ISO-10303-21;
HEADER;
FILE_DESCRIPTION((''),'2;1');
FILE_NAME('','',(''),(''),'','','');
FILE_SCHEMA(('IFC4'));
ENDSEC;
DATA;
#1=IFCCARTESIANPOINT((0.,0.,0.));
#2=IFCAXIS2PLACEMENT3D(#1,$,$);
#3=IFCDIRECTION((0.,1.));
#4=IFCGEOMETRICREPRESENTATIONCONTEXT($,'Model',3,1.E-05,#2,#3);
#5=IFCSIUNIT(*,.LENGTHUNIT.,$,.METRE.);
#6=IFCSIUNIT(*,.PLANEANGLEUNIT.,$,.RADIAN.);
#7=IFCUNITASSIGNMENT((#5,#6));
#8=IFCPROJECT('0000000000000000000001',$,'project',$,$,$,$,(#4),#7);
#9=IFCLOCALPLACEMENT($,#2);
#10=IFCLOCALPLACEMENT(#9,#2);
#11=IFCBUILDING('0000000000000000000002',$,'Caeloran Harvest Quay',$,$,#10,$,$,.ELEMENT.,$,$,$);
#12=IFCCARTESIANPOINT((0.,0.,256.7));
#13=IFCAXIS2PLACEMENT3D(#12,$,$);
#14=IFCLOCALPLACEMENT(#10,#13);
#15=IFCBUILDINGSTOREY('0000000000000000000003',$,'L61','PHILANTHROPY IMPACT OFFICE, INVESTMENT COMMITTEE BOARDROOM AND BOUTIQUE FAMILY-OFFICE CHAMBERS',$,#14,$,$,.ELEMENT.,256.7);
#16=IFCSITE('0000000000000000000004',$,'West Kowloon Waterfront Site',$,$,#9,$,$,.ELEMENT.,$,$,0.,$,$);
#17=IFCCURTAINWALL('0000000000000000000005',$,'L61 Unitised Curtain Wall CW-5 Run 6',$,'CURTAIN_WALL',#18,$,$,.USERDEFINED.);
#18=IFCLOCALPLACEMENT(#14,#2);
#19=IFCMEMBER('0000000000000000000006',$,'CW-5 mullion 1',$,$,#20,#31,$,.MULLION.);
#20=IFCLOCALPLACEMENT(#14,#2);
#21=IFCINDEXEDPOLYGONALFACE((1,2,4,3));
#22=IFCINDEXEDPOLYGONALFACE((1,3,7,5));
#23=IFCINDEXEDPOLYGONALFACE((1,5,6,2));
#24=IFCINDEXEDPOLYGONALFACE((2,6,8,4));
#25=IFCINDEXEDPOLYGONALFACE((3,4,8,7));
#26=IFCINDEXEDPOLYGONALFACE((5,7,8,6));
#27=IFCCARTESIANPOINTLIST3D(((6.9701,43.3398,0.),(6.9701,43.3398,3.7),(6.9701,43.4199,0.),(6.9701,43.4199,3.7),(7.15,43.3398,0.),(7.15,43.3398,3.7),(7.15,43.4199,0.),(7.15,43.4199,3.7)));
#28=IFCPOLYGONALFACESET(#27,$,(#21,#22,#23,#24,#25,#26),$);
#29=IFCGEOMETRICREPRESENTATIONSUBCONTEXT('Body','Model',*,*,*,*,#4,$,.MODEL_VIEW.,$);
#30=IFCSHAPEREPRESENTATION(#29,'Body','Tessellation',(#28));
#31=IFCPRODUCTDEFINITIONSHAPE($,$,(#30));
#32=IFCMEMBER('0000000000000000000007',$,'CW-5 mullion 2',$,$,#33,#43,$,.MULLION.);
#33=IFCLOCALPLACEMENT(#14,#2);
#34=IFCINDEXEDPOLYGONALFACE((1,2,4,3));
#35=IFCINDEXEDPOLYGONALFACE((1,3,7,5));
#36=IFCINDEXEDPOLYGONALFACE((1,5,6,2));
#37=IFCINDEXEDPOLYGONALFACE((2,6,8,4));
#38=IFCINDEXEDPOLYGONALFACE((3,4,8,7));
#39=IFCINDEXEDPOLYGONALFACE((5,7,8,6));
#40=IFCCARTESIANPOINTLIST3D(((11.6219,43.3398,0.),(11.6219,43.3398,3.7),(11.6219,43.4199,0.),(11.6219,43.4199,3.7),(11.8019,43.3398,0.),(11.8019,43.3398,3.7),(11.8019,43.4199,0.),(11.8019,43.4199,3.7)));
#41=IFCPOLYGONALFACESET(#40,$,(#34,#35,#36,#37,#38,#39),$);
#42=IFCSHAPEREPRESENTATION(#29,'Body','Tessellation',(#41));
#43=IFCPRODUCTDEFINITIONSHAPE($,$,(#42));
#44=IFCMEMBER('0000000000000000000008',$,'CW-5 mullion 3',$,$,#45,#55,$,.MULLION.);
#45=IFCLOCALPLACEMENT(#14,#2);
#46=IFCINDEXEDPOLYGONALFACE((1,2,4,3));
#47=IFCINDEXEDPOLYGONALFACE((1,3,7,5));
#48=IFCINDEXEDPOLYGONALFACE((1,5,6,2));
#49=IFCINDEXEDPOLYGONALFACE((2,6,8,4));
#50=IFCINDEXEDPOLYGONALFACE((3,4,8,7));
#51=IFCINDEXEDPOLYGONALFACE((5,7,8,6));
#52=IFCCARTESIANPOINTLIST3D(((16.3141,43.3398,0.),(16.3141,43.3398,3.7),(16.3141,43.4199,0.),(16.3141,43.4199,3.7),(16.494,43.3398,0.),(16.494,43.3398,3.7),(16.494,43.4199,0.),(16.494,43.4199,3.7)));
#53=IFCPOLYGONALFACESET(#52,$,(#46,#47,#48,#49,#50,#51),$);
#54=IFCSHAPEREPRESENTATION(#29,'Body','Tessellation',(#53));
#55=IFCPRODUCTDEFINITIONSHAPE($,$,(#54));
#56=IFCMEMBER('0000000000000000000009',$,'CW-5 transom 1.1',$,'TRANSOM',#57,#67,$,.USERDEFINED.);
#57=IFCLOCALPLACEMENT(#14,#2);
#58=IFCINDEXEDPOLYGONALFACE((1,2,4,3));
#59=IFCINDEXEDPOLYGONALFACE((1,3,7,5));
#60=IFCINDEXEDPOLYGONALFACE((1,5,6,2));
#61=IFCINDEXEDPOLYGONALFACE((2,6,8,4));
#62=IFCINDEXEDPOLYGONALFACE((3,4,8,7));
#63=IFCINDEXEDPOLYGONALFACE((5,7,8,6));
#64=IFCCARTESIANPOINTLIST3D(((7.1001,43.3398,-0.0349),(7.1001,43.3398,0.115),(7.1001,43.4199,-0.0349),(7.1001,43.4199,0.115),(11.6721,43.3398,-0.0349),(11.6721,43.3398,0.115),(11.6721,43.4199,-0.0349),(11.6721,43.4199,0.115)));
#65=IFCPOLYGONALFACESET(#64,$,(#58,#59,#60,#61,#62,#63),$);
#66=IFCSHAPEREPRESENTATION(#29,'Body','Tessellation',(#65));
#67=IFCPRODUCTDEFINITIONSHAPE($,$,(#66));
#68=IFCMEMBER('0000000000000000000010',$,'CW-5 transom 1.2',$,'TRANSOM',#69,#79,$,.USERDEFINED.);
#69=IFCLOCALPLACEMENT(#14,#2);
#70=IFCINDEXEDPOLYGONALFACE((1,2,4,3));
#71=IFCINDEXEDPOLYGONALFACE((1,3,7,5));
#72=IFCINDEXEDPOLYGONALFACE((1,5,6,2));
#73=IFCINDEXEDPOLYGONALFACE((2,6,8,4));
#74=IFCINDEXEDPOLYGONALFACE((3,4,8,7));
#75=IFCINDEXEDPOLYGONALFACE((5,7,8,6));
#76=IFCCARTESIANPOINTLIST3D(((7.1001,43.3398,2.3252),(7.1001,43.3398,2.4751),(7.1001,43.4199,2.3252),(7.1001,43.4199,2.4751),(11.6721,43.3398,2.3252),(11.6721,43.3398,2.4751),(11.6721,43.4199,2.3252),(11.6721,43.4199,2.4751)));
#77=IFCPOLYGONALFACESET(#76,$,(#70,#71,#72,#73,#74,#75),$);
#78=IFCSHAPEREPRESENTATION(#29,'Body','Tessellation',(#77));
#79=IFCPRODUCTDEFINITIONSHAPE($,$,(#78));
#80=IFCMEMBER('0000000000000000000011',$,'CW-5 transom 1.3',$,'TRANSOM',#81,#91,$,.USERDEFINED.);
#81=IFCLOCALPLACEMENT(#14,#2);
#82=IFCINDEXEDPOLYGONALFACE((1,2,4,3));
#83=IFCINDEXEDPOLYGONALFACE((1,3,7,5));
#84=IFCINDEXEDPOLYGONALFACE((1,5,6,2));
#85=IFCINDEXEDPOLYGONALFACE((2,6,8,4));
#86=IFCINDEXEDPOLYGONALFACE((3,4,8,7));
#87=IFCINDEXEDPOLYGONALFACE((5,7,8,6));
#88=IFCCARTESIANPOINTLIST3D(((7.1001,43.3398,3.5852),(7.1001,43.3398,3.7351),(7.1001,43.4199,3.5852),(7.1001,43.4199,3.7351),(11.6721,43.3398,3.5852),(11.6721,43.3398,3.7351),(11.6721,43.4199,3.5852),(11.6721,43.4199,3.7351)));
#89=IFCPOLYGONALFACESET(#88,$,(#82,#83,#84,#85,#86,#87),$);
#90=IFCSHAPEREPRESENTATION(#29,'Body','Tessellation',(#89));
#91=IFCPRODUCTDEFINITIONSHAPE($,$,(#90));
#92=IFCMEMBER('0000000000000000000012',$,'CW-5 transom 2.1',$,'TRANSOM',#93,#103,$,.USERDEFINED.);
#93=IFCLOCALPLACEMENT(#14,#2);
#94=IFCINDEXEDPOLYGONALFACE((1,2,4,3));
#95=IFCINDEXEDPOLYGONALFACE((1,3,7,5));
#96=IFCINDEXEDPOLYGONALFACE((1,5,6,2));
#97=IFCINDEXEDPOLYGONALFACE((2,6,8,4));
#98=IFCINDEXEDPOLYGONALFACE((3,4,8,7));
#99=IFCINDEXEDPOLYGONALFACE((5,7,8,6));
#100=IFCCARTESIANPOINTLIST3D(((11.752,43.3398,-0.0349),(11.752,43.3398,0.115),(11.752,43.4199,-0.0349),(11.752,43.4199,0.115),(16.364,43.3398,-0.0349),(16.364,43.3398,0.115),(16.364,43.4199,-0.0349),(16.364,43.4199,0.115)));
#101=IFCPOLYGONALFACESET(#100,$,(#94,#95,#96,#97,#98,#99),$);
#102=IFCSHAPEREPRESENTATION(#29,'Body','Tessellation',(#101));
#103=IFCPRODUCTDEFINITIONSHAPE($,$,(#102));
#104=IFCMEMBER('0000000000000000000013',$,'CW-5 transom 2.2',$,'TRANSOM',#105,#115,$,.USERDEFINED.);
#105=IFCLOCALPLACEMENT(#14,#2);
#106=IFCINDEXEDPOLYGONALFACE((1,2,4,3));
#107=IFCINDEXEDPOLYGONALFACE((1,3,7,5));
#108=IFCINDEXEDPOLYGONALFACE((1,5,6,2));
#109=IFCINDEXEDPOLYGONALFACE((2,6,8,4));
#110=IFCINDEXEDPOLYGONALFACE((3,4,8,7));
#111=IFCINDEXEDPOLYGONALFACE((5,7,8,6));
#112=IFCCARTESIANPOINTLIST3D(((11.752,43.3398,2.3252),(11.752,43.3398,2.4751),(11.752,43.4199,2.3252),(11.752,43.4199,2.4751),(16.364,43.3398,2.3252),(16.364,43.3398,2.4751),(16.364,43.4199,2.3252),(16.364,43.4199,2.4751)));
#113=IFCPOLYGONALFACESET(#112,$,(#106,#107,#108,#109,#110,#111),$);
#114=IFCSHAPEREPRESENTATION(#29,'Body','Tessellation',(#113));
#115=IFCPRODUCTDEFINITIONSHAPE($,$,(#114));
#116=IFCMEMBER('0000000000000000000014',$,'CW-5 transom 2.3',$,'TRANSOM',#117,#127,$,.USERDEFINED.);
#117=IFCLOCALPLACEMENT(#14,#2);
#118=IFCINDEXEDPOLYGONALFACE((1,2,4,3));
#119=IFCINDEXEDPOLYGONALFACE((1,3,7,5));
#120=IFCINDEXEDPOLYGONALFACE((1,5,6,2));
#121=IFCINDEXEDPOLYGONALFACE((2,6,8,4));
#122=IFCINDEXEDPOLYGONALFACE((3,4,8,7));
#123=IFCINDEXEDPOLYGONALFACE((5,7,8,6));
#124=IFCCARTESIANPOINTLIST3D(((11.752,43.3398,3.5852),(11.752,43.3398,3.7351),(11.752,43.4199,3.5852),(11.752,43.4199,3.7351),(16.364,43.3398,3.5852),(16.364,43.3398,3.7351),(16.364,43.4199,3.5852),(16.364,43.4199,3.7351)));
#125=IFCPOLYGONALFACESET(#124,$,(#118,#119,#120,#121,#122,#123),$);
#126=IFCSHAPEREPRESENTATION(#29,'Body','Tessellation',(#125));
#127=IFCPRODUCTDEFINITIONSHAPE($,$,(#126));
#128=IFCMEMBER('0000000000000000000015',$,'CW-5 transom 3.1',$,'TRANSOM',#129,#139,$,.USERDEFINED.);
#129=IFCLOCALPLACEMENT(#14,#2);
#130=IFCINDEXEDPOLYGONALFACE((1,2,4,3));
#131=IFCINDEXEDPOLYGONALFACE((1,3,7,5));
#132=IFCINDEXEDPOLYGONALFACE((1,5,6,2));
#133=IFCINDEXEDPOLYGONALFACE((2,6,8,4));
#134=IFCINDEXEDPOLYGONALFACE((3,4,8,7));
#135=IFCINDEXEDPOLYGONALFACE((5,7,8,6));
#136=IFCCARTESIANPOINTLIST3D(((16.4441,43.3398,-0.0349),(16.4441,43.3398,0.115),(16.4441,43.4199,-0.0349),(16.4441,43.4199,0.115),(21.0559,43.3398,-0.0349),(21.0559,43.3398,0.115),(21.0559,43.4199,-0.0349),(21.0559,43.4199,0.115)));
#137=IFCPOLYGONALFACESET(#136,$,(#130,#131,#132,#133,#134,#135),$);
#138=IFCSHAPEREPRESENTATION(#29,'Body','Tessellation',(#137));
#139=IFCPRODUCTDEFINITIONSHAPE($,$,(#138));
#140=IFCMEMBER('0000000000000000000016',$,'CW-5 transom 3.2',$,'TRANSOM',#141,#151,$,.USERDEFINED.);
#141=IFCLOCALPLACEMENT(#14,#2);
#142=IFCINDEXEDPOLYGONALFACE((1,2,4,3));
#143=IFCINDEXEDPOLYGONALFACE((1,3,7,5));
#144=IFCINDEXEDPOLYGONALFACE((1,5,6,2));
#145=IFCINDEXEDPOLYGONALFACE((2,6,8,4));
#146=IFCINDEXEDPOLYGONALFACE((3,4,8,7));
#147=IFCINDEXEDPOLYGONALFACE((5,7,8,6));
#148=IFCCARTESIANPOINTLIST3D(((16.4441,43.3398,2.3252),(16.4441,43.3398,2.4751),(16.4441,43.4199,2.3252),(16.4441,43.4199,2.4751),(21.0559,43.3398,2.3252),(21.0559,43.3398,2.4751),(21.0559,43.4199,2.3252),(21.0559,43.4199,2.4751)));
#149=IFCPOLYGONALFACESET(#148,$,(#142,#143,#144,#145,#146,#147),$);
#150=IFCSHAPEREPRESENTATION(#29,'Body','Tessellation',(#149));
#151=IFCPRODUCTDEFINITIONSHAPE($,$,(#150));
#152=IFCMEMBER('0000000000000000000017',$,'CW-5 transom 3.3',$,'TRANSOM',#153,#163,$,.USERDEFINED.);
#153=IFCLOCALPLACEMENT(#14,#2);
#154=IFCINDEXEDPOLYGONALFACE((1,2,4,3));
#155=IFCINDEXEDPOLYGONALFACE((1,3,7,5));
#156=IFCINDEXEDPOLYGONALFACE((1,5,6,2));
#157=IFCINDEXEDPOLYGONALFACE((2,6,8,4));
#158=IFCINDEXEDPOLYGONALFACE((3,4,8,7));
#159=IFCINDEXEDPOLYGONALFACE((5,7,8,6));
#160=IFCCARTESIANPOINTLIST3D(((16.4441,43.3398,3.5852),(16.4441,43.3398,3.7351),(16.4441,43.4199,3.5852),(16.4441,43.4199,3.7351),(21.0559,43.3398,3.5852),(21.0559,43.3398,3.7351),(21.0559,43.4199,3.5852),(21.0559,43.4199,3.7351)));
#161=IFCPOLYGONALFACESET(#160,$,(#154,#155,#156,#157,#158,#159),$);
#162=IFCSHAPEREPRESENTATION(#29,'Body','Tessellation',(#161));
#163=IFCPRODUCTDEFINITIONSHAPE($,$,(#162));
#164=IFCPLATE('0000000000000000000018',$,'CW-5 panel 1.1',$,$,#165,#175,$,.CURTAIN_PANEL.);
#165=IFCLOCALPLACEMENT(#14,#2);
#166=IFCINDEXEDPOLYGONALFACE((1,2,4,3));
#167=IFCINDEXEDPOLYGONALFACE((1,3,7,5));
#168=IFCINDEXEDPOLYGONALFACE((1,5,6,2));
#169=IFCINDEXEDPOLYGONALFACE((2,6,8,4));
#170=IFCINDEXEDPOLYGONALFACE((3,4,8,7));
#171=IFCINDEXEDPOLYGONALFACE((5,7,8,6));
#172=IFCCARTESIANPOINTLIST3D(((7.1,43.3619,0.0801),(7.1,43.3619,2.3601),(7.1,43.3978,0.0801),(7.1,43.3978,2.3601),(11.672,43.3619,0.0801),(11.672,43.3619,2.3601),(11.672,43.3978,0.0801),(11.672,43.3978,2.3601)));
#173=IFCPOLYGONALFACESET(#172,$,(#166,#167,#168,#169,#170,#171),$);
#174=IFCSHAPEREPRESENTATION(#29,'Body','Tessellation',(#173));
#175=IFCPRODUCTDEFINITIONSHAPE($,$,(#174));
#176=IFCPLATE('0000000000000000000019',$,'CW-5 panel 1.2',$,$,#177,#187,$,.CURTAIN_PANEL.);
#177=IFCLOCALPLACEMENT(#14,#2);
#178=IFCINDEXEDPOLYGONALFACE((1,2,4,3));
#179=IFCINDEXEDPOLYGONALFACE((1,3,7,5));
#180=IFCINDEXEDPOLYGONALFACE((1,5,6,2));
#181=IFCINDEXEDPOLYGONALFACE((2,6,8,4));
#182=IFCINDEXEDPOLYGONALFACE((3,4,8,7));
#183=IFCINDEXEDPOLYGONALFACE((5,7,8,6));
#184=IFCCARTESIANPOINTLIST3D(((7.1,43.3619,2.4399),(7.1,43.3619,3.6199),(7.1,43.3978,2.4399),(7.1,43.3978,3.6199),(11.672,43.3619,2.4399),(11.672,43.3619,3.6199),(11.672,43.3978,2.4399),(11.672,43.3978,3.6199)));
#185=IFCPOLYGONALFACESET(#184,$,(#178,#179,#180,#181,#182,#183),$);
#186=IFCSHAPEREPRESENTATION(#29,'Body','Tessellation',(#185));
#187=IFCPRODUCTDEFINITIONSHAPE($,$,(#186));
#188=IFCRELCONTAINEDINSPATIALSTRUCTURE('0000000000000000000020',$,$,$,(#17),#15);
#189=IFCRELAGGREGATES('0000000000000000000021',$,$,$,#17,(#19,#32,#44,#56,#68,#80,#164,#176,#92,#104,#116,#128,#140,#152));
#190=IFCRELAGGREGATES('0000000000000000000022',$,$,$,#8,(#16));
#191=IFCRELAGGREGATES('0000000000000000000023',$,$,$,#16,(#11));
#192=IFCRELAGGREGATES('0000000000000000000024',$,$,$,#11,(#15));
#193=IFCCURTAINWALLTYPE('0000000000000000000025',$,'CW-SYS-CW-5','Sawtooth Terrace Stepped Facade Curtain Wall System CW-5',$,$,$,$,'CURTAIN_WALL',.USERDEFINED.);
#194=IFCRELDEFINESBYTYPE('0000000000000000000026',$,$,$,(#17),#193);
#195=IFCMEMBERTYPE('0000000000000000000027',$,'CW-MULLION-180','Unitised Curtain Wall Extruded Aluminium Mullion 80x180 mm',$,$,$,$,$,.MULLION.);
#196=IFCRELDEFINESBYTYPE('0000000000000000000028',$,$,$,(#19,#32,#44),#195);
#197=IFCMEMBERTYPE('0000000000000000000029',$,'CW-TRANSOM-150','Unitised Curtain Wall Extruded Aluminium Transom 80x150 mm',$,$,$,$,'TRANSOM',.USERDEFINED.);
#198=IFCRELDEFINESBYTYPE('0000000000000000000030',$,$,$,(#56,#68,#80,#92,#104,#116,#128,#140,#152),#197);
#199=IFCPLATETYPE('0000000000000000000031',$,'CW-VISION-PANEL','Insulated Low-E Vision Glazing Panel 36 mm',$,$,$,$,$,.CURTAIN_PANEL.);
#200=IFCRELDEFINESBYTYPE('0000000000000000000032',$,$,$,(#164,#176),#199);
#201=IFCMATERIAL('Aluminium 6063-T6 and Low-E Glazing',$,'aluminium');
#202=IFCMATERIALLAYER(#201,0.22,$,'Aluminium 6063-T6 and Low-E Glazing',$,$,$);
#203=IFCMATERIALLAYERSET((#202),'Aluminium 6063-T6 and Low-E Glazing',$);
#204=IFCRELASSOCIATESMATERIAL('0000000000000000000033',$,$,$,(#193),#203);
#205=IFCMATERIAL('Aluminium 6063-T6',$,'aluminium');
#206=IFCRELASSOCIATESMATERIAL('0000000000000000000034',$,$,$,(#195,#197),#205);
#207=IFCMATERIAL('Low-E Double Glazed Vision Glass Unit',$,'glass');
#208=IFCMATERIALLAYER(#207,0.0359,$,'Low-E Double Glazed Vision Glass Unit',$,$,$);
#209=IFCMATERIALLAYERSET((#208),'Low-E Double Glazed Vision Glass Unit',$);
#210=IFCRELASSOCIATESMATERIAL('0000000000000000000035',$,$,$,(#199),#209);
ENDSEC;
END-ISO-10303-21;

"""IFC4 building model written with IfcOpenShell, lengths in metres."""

from ifc_helpers import new_model, si_unit, direction, frame, origin, origin_2d, place, context, subcontext, project, spatial, rectangle, extrude, material, layer, layer_set, material_profile, profile_set, type_object, element, aggregate, save


model = new_model("IFC4")

# Units and contexts
model_context = context("Model", 3, precision=1e-05, world=origin(), true_north=direction((0.0, 1.0)))
body_context = subcontext(model_context, "Body", "Model", "MODEL_VIEW")
ifc_project = project(units=[si_unit("LENGTHUNIT", "METRE"), si_unit("PLANEANGLEUNIT", "RADIAN")], contexts=[model_context])

# Site, building, storey
site_placement = place(None, origin())
site = spatial("IfcSite", under=ifc_project, at=site_placement, Name="West Kowloon Waterfront Site", CompositionType="ELEMENT", RefElevation=0.0)
building_placement = place(site_placement, origin())
building = spatial("IfcBuilding", under=site, at=building_placement, Name="Caeloran Harvest Quay", CompositionType="ELEMENT")
storey_placement = place(building_placement, frame((0.0, 0.0, 256.7)))
storey = spatial("IfcBuildingStorey", under=building, at=storey_placement, Name="L61", Description="PHILANTHROPY IMPACT OFFICE, INVESTMENT COMMITTEE BOARDROOM AND BOUTIQUE FAMILY-OFFICE CHAMBERS", CompositionType="ELEMENT", Elevation=256.7)

# Curtain wall, members, plates
ifc_material_1 = material(Name="Aluminium 6063-T6 and Low-E Glazing", Category="aluminium")
ifc_layer_1 = layer(ifc_material_1, 0.22, Name="Aluminium 6063-T6 and Low-E Glazing")
ifc_layer_set_1 = layer_set([ifc_layer_1], Name="Aluminium 6063-T6 and Low-E Glazing")
curtain_wall_type = type_object("IfcCurtainWallType", Name="CW-SYS-CW-5", Description="Sawtooth Terrace Stepped Facade Curtain Wall System CW-5", ElementType="CURTAIN_WALL", PredefinedType="USERDEFINED", material=ifc_layer_set_1)
curtain_wall_placement = place(storey_placement, origin())
curtain_wall = element("IfcCurtainWall", 1, at=curtain_wall_placement, inside=storey, type_object=curtain_wall_type, Name="L61 Unitised Curtain Wall CW-5 Run 6", ObjectType="CURTAIN_WALL", PredefinedType="USERDEFINED")
ifc_material_2 = material(Name="Aluminium 6063-T6", Category="aluminium")
ifc_material_profile_1 = material_profile(ifc_material_2, rectangle(XDim=0.0801, YDim=0.1799, at=origin_2d()), Name="CW-MULLION-180")
ifc_profile_set_1 = profile_set([ifc_material_profile_1], Name="Aluminium 6063-T6")
member_type_1 = type_object("IfcMemberType", Name="CW-MULLION-180", Description="Unitised Curtain Wall Extruded Aluminium Mullion 80x180 mm", PredefinedType="MULLION", material=ifc_profile_set_1)
member_1_placement = place(storey_placement, frame((7.0601, 43.3799, 0.0), z_axis=(0.0, 0.0, 1.0), x_axis=(0.0, 1.0, 0.0)))
member_1 = element("IfcMember", 2, at=member_1_placement, type_object=member_type_1, Name="CW-5 mullion 1", PredefinedType="MULLION", context=body_context, shape_type="SweptSolid", body=[
    extrude(rectangle(XDim=0.0801, YDim=0.1799, at=origin_2d()), origin(), (0.0, 0.0, 1.0), 3.7),
])
member_2_placement = place(storey_placement, frame((11.7119, 43.3799, 0.0), z_axis=(0.0, 0.0, 1.0), x_axis=(0.0, 1.0, 0.0)))
member_2 = element("IfcMember", 3, at=member_2_placement, type_object=member_type_1, Name="CW-5 mullion 2", PredefinedType="MULLION", context=body_context, shape_type="SweptSolid", body=[
    extrude(rectangle(XDim=0.0801, YDim=0.1799, at=origin_2d()), origin(), (0.0, 0.0, 1.0), 3.7),
])
member_3_placement = place(storey_placement, frame((16.4041, 43.3799, 0.0), z_axis=(0.0, 0.0, 1.0), x_axis=(0.0, 1.0, 0.0)))
member_3 = element("IfcMember", 4, at=member_3_placement, type_object=member_type_1, Name="CW-5 mullion 3", PredefinedType="MULLION", context=body_context, shape_type="SweptSolid", body=[
    extrude(rectangle(XDim=0.0801, YDim=0.1799, at=origin_2d()), origin(), (0.0, 0.0, 1.0), 3.7),
])
ifc_material_profile_2 = material_profile(ifc_material_2, rectangle(XDim=0.0801, YDim=0.1499, at=origin_2d()), Name="CW-TRANSOM-150")
ifc_profile_set_2 = profile_set([ifc_material_profile_2], Name="Aluminium 6063-T6")
member_type_2 = type_object("IfcMemberType", Name="CW-TRANSOM-150", Description="Unitised Curtain Wall Extruded Aluminium Transom 80x150 mm", ElementType="TRANSOM", PredefinedType="USERDEFINED", material=ifc_profile_set_2)
member_4_placement = place(storey_placement, frame((7.1001, 43.3799, 0.04), z_axis=(1.0, 0.0, 0.0), x_axis=(0.0, 1.0, 0.0)))
member_4 = element("IfcMember", 5, at=member_4_placement, type_object=member_type_2, Name="CW-5 transom 1.1", ObjectType="TRANSOM", PredefinedType="USERDEFINED", context=body_context, shape_type="SweptSolid", body=[
    extrude(rectangle(XDim=0.0801, YDim=0.1499, at=origin_2d()), origin(), (0.0, 0.0, 1.0), 4.572),
])
member_5_placement = place(storey_placement, frame((7.1001, 43.3799, 2.4001), z_axis=(1.0, 0.0, 0.0), x_axis=(0.0, 1.0, 0.0)))
member_5 = element("IfcMember", 6, at=member_5_placement, type_object=member_type_2, Name="CW-5 transom 1.2", ObjectType="TRANSOM", PredefinedType="USERDEFINED", context=body_context, shape_type="SweptSolid", body=[
    extrude(rectangle(XDim=0.0801, YDim=0.1499, at=origin_2d()), origin(), (0.0, 0.0, 1.0), 4.572),
])
member_6_placement = place(storey_placement, frame((7.1001, 43.3799, 3.6602), z_axis=(1.0, 0.0, 0.0), x_axis=(0.0, 1.0, 0.0)))
member_6 = element("IfcMember", 7, at=member_6_placement, type_object=member_type_2, Name="CW-5 transom 1.3", ObjectType="TRANSOM", PredefinedType="USERDEFINED", context=body_context, shape_type="SweptSolid", body=[
    extrude(rectangle(XDim=0.0801, YDim=0.1499, at=origin_2d()), origin(), (0.0, 0.0, 1.0), 4.572),
])
member_7_placement = place(storey_placement, frame((11.752, 43.3799, 0.04), z_axis=(1.0, 0.0, 0.0), x_axis=(0.0, 1.0, 0.0)))
member_7 = element("IfcMember", 8, at=member_7_placement, type_object=member_type_2, Name="CW-5 transom 2.1", ObjectType="TRANSOM", PredefinedType="USERDEFINED", context=body_context, shape_type="SweptSolid", body=[
    extrude(rectangle(XDim=0.0801, YDim=0.1499, at=origin_2d()), origin(), (0.0, 0.0, 1.0), 4.6121),
])
member_8_placement = place(storey_placement, frame((11.752, 43.3799, 2.4001), z_axis=(1.0, 0.0, 0.0), x_axis=(0.0, 1.0, 0.0)))
member_8 = element("IfcMember", 9, at=member_8_placement, type_object=member_type_2, Name="CW-5 transom 2.2", ObjectType="TRANSOM", PredefinedType="USERDEFINED", context=body_context, shape_type="SweptSolid", body=[
    extrude(rectangle(XDim=0.0801, YDim=0.1499, at=origin_2d()), origin(), (0.0, 0.0, 1.0), 4.6121),
])
member_9_placement = place(storey_placement, frame((11.752, 43.3799, 3.6602), z_axis=(1.0, 0.0, 0.0), x_axis=(0.0, 1.0, 0.0)))
member_9 = element("IfcMember", 10, at=member_9_placement, type_object=member_type_2, Name="CW-5 transom 2.3", ObjectType="TRANSOM", PredefinedType="USERDEFINED", context=body_context, shape_type="SweptSolid", body=[
    extrude(rectangle(XDim=0.0801, YDim=0.1499, at=origin_2d()), origin(), (0.0, 0.0, 1.0), 4.6121),
])
member_10_placement = place(storey_placement, frame((16.4441, 43.3799, 0.04), z_axis=(1.0, 0.0, 0.0), x_axis=(0.0, 1.0, 0.0)))
member_10 = element("IfcMember", 11, at=member_10_placement, type_object=member_type_2, Name="CW-5 transom 3.1", ObjectType="TRANSOM", PredefinedType="USERDEFINED", context=body_context, shape_type="SweptSolid", body=[
    extrude(rectangle(XDim=0.0801, YDim=0.1499, at=origin_2d()), origin(), (0.0, 0.0, 1.0), 4.6118),
])
member_11_placement = place(storey_placement, frame((16.4441, 43.3799, 2.4001), z_axis=(1.0, 0.0, 0.0), x_axis=(0.0, 1.0, 0.0)))
member_11 = element("IfcMember", 12, at=member_11_placement, type_object=member_type_2, Name="CW-5 transom 3.2", ObjectType="TRANSOM", PredefinedType="USERDEFINED", context=body_context, shape_type="SweptSolid", body=[
    extrude(rectangle(XDim=0.0801, YDim=0.1499, at=origin_2d()), origin(), (0.0, 0.0, 1.0), 4.6118),
])
member_12_placement = place(storey_placement, frame((16.4441, 43.3799, 3.6602), z_axis=(1.0, 0.0, 0.0), x_axis=(0.0, 1.0, 0.0)))
member_12 = element("IfcMember", 13, at=member_12_placement, type_object=member_type_2, Name="CW-5 transom 3.3", ObjectType="TRANSOM", PredefinedType="USERDEFINED", context=body_context, shape_type="SweptSolid", body=[
    extrude(rectangle(XDim=0.0801, YDim=0.1499, at=origin_2d()), origin(), (0.0, 0.0, 1.0), 4.6118),
])
ifc_material_3 = material(Name="Low-E Double Glazed Vision Glass Unit", Category="glass")
ifc_layer_2 = layer(ifc_material_3, 0.0359, Name="Low-E Double Glazed Vision Glass Unit")
ifc_layer_set_2 = layer_set([ifc_layer_2], Name="Low-E Double Glazed Vision Glass Unit")
plate_type = type_object("IfcPlateType", Name="CW-VISION-PANEL", Description="Insulated Low-E Vision Glazing Panel 36 mm", PredefinedType="CURTAIN_PANEL", material=ifc_layer_set_2)
plate_1_placement = place(storey_placement, frame((9.386, 43.3799, 0.0801), z_axis=(0.0, 0.0, 1.0), x_axis=(1.0, 0.0, 0.0)))
plate_1 = element("IfcPlate", 14, at=plate_1_placement, type_object=plate_type, Name="CW-5 panel 1.1", PredefinedType="CURTAIN_PANEL", context=body_context, shape_type="SweptSolid", body=[
    extrude(rectangle(XDim=4.572, YDim=0.0359, at=origin_2d()), origin(), (0.0, 0.0, 1.0), 2.28),
])
plate_2_placement = place(storey_placement, frame((9.386, 43.3799, 2.4399), z_axis=(0.0, 0.0, 1.0), x_axis=(1.0, 0.0, 0.0)))
plate_2 = element("IfcPlate", 15, at=plate_2_placement, type_object=plate_type, Name="CW-5 panel 1.2", PredefinedType="CURTAIN_PANEL", context=body_context, shape_type="SweptSolid", body=[
    extrude(rectangle(XDim=4.572, YDim=0.0359, at=origin_2d()), origin(), (0.0, 0.0, 1.0), 1.1799),
])
aggregate(curtain_wall, [member_1, member_2, member_3, member_4, member_5, member_6, plate_1, plate_2, member_7, member_8, member_9, member_10, member_11, member_12])

save(model, "model.ifc")
